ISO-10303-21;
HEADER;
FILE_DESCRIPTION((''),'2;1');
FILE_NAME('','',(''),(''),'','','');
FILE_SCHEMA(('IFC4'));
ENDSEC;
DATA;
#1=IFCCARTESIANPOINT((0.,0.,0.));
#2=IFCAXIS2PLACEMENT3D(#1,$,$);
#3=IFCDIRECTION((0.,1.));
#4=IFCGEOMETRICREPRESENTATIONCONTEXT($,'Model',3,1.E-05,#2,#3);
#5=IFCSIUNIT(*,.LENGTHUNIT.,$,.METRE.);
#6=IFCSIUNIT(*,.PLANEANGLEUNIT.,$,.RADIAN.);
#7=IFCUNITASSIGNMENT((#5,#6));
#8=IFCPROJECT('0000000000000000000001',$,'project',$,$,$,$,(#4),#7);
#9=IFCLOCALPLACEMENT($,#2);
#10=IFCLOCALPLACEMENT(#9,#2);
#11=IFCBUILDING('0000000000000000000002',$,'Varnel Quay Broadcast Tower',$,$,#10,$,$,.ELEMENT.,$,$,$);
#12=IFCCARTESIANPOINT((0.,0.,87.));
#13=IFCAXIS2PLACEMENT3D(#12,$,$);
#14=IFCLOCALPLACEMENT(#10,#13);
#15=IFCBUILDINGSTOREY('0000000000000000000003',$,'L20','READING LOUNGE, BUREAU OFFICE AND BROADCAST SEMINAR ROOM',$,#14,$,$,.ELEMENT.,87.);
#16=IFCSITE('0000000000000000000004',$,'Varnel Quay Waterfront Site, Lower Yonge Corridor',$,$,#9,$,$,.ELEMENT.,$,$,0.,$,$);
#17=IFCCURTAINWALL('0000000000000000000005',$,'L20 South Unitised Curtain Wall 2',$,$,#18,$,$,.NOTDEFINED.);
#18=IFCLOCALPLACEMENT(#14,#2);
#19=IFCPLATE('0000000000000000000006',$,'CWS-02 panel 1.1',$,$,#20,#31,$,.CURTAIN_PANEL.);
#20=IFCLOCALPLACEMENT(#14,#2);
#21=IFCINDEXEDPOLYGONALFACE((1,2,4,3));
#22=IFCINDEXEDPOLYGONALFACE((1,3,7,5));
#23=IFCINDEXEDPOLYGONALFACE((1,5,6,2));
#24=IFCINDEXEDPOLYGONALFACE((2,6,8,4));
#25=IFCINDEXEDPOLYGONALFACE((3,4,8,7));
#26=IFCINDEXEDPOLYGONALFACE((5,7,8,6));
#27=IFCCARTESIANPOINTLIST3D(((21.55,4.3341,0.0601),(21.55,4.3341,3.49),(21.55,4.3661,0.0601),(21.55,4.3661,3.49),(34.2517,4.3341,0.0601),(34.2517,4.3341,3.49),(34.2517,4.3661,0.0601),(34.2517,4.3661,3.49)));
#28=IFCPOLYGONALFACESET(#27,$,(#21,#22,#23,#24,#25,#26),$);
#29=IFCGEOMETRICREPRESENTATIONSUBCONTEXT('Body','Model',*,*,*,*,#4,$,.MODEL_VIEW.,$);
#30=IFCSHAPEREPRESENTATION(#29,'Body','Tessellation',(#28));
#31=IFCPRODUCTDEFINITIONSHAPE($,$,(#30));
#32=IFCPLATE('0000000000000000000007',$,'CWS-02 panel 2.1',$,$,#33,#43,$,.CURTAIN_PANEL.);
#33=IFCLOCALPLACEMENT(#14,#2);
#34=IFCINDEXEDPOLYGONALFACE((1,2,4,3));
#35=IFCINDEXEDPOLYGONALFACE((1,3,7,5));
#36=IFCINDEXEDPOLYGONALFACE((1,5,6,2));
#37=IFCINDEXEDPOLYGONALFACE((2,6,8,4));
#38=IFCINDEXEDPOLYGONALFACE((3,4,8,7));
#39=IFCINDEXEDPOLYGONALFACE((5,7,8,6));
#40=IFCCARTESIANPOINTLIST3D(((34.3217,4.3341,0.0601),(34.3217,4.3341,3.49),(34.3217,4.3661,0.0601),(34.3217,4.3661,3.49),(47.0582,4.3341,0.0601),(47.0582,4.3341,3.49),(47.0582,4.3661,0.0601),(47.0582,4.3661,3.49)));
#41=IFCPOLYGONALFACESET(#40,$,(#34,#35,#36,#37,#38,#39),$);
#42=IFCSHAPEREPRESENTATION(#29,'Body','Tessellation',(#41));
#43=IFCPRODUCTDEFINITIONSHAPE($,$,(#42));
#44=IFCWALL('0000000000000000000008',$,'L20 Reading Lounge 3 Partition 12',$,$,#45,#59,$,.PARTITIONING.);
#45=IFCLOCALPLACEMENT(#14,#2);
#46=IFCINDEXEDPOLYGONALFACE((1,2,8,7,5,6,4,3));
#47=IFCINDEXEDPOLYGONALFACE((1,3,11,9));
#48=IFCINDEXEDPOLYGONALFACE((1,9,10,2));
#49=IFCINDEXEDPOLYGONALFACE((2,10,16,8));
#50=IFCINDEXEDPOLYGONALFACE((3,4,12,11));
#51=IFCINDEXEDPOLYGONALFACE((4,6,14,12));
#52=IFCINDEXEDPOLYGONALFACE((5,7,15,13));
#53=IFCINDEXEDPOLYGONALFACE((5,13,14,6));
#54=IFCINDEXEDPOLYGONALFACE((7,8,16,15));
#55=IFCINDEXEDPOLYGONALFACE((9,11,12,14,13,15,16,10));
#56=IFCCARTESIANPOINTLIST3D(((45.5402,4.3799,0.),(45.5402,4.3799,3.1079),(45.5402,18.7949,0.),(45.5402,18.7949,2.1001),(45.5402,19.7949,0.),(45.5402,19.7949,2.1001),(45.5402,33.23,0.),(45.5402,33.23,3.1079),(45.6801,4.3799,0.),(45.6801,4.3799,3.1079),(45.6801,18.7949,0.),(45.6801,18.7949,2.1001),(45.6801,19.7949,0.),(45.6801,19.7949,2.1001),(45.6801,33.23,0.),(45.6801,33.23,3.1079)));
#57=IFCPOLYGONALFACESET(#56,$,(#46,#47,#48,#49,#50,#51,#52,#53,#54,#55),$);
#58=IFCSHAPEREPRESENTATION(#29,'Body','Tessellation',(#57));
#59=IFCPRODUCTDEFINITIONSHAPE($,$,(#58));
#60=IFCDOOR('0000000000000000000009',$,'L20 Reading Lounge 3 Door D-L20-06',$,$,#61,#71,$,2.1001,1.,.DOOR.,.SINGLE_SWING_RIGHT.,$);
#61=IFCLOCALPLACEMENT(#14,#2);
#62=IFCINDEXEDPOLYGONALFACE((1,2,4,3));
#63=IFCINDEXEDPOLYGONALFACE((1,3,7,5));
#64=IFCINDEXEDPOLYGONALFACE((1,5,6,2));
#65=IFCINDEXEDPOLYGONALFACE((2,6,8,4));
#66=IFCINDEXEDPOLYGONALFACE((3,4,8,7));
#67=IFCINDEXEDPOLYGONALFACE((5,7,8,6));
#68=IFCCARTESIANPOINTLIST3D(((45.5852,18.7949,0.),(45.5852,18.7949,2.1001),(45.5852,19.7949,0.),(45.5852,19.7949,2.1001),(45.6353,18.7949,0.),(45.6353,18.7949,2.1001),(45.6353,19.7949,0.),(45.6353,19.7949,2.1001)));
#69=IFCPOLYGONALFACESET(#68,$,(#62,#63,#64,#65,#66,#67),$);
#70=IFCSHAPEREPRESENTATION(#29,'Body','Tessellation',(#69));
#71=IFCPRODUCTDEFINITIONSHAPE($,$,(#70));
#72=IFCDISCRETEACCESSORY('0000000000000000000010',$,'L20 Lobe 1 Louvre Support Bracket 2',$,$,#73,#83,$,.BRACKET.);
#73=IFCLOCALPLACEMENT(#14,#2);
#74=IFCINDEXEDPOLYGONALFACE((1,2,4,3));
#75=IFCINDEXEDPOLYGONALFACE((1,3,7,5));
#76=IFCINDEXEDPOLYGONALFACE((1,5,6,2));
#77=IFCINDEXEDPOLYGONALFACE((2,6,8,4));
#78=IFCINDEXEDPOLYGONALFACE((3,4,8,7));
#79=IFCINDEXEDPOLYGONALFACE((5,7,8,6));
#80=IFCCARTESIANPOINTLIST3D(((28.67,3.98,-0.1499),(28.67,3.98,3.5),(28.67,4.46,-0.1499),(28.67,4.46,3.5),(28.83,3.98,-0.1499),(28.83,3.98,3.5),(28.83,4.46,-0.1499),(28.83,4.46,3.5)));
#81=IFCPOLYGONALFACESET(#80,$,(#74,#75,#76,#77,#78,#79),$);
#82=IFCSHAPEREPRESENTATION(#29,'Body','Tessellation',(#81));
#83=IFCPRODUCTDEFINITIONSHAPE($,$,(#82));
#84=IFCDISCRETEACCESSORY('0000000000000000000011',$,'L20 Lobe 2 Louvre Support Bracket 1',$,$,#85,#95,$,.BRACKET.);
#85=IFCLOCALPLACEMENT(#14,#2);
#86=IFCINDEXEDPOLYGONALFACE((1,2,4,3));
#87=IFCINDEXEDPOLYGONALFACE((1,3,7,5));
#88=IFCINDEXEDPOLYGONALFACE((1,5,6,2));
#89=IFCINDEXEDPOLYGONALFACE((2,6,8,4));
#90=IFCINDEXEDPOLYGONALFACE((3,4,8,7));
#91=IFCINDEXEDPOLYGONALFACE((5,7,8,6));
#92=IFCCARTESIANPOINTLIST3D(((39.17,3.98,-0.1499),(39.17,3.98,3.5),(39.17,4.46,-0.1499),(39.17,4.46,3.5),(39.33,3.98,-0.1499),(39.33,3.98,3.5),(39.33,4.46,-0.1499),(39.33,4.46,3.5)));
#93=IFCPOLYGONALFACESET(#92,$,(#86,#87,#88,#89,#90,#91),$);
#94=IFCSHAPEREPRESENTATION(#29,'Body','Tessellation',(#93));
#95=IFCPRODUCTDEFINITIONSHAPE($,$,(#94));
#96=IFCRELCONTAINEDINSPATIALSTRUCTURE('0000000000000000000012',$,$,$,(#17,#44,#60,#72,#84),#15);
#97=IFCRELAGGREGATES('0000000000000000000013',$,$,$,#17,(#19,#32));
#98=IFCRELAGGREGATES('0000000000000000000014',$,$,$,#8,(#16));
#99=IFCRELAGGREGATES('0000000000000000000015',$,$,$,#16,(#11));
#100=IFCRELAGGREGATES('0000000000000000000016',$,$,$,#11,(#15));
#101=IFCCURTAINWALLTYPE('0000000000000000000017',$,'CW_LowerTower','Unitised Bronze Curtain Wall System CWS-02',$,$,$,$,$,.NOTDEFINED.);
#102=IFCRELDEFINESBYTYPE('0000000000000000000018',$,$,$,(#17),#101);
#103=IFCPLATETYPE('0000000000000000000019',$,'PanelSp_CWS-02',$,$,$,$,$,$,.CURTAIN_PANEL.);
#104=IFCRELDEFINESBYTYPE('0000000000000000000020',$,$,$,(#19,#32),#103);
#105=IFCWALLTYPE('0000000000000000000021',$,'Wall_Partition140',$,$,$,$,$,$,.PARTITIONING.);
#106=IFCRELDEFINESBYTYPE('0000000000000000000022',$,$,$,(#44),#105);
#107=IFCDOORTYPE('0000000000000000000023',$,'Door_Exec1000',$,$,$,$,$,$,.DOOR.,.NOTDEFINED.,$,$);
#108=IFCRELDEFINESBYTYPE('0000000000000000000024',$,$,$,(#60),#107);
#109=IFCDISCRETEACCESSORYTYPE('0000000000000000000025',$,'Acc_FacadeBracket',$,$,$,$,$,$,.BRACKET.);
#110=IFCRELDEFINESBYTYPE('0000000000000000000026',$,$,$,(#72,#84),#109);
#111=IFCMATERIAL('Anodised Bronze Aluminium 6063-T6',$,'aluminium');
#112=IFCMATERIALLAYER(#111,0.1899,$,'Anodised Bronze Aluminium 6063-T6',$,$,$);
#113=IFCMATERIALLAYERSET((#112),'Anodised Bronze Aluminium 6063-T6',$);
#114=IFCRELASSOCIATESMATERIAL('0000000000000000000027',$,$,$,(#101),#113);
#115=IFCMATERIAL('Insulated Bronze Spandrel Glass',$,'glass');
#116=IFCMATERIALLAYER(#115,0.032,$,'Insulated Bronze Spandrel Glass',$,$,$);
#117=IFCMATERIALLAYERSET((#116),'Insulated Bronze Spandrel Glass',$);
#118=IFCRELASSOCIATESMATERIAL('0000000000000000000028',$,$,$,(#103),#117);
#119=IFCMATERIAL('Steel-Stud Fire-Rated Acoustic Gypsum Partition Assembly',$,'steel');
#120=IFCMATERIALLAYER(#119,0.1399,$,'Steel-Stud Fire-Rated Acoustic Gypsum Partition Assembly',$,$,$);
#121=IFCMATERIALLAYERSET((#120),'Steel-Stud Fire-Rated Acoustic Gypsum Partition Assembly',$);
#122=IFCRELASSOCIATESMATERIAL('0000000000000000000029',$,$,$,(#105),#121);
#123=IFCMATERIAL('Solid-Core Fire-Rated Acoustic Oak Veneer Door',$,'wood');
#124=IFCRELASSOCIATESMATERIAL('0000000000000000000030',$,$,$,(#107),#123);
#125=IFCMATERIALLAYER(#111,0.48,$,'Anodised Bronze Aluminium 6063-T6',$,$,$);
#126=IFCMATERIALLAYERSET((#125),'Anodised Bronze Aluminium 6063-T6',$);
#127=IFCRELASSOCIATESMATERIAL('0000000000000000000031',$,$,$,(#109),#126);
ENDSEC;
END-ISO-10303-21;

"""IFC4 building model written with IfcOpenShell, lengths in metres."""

from ifc_helpers import new_model, si_unit, direction, frame, frame_2d, origin, origin_2d, place, context, subcontext, project, spatial, rectangle, extrude, source, transform, mapped, material, layer, layer_set, type_object, type_shapes, element, fill, aggregate, save


model = new_model("IFC4")

# Units and contexts
model_context = context("Model", 3, precision=1e-05, world=origin(), true_north=direction((0.0, 1.0)))
body_context = subcontext(model_context, "Body", "Model", "MODEL_VIEW")
ifc_project = project(units=[si_unit("LENGTHUNIT", "METRE"), si_unit("PLANEANGLEUNIT", "RADIAN")], contexts=[model_context])

# Site, building, storey
site_placement = place(None, origin())
site = spatial("IfcSite", under=ifc_project, at=site_placement, Name="Varnel Quay Waterfront Site, Lower Yonge Corridor", CompositionType="ELEMENT", RefElevation=0.0)
building_placement = place(site_placement, origin())
building = spatial("IfcBuilding", under=site, at=building_placement, Name="Varnel Quay Broadcast Tower", CompositionType="ELEMENT")
storey_placement = place(building_placement, frame((0.0, 0.0, 87.0)))
storey = spatial("IfcBuildingStorey", under=building, at=storey_placement, Name="L20", Description="READING LOUNGE, BUREAU OFFICE AND BROADCAST SEMINAR ROOM", CompositionType="ELEMENT", Elevation=87.0)

# Curtain wall
ifc_material_1 = material(Name="Anodised Bronze Aluminium 6063-T6", Category="aluminium")
ifc_layer_1 = layer(ifc_material_1, 0.1899, Name="Anodised Bronze Aluminium 6063-T6")
ifc_layer_set_1 = layer_set([ifc_layer_1], Name="Anodised Bronze Aluminium 6063-T6")
curtain_wall_type = type_object("IfcCurtainWallType", Name="CW_LowerTower", Description="Unitised Bronze Curtain Wall System CWS-02", PredefinedType="NOTDEFINED", material=ifc_layer_set_1)
curtain_wall_placement = place(storey_placement, origin())
curtain_wall = element("IfcCurtainWall", 1, at=curtain_wall_placement, inside=storey, type_object=curtain_wall_type, Name="L20 South Unitised Curtain Wall 2", PredefinedType="NOTDEFINED")

# Plates
ifc_material_2 = material(Name="Insulated Bronze Spandrel Glass", Category="glass")
ifc_layer_2 = layer(ifc_material_2, 0.032, Name="Insulated Bronze Spandrel Glass")
ifc_layer_set_2 = layer_set([ifc_layer_2], Name="Insulated Bronze Spandrel Glass")
plate_type_1 = type_object("IfcPlateType", Name="PanelSp_CWS-02", PredefinedType="CURTAIN_PANEL", material=ifc_layer_set_2)
shared_shape_1 = source(origin(), body_context, "Body", "SweptSolid", [
    extrude(rectangle(XDim=12.7017, YDim=0.032, at=origin_2d()), origin(), (0.0, 0.0, 1.0), 3.4299),
])
plate_1_placement = place(storey_placement, frame((27.9009, 4.3501, 0.0601), z_axis=(0.0, 0.0, 1.0), x_axis=(1.0, 0.0, 0.0)))
plate_1 = element("IfcPlate", 2, at=plate_1_placement, type_object=plate_type_1, Name="CWS-02 panel 1.1", PredefinedType="CURTAIN_PANEL", context=body_context, shape_type="MappedRepresentation", body=[
    mapped(shared_shape_1, transform((0.0, 0.0, 0.0), x_axis=(1.0, 0.0, 0.0), y_axis=(0.0, 1.0, 0.0), z_axis=(0.0, 0.0, 1.0), scale=1.0)),
])
shared_shape_2 = source(origin(), body_context, "Body", "SweptSolid", [
    extrude(rectangle(XDim=12.7366, YDim=0.032, at=origin_2d()), origin(), (0.0, 0.0, 1.0), 3.4299),
])
type_shapes(plate_type_1, [shared_shape_1, shared_shape_2])
plate_2_placement = place(storey_placement, frame((40.6899, 4.3501, 0.0601), z_axis=(0.0, 0.0, 1.0), x_axis=(1.0, 0.0, 0.0)))
plate_2 = element("IfcPlate", 3, at=plate_2_placement, type_object=plate_type_1, Name="CWS-02 panel 2.1", PredefinedType="CURTAIN_PANEL", context=body_context, shape_type="MappedRepresentation", body=[
    mapped(shared_shape_2, transform((0.0, 0.0, 0.0), x_axis=(1.0, 0.0, 0.0), y_axis=(0.0, 1.0, 0.0), z_axis=(0.0, 0.0, 1.0), scale=1.0)),
])
aggregate(curtain_wall, [plate_1, plate_2])

# Wall, opening, door
ifc_material_3 = material(Name="Steel-Stud Fire-Rated Acoustic Gypsum Partition Assembly", Category="steel")
ifc_layer_3 = layer(ifc_material_3, 0.1399, Name="Steel-Stud Fire-Rated Acoustic Gypsum Partition Assembly")
ifc_layer_set_3 = layer_set([ifc_layer_3], Name="Steel-Stud Fire-Rated Acoustic Gypsum Partition Assembly")
wall_type = type_object("IfcWallType", Name="Wall_Partition140", PredefinedType="PARTITIONING", material=ifc_layer_set_3)
wall_placement = place(storey_placement, frame((45.6101, 4.3799, 0.0), z_axis=(0.0, 0.0, 1.0), x_axis=(0.0, 1.0, 0.0)))
wall = element("IfcWall", 4, at=wall_placement, inside=storey, type_object=wall_type, Name="L20 Reading Lounge 3 Partition 12", PredefinedType="PARTITIONING", context=body_context, shape_type="SweptSolid", body=[
    extrude(rectangle(XDim=28.8501, YDim=0.1399, at=frame_2d((14.425, 0.0))), origin(), (0.0, 0.0, 1.0), 3.1079),
])
opening_placement = place(wall_placement, frame((14.415, 0.0, 0.0)))
opening = element("IfcOpeningElement", 5, at=opening_placement, cuts=wall, PredefinedType="OPENING", context=body_context, shape_type="SweptSolid", body=[
    extrude(rectangle(XDim=1.0, YDim=2.1001, at=frame_2d((0.5, 1.05))), frame((0.0, 0.0801, 0.0), z_axis=(0.0, -1.0, 0.0), x_axis=(1.0, 0.0, 0.0)), (0.0, 0.0, 1.0), 0.1599),
])
ifc_material_4 = material(Name="Solid-Core Fire-Rated Acoustic Oak Veneer Door", Category="wood")
door_type = type_object("IfcDoorType", Name="Door_Exec1000", OperationType="NOTDEFINED", PredefinedType="DOOR", material=ifc_material_4)
shared_shape_3 = source(origin(), body_context, "Body", "SweptSolid", [
    extrude(rectangle(XDim=1.0, YDim=2.1001, at=frame_2d((0.5, 1.05))), frame((0.0, 0.0249, 0.0), z_axis=(0.0, -1.0, 0.0), x_axis=(1.0, 0.0, 0.0)), (0.0, 0.0, 1.0), 0.05),
])
type_shapes(door_type, [shared_shape_3])
door_placement = place(opening_placement, origin())
door = element("IfcDoor", 6, at=door_placement, inside=storey, type_object=door_type, Name="L20 Reading Lounge 3 Door D-L20-06", OperationType="SINGLE_SWING_RIGHT", OverallHeight=2.1001, OverallWidth=1.0, PredefinedType="DOOR", context=body_context, shape_type="MappedRepresentation", body=[
    mapped(shared_shape_3, transform((0.0, 0.0, 0.0), x_axis=(1.0, 0.0, 0.0), y_axis=(0.0, 1.0, 0.0), z_axis=(0.0, 0.0, 1.0), scale=1.0)),
])
fill(opening, door)

# Discrete accessories
ifc_layer_4 = layer(ifc_material_1, 0.48, Name="Anodised Bronze Aluminium 6063-T6")
ifc_layer_set_4 = layer_set([ifc_layer_4], Name="Anodised Bronze Aluminium 6063-T6")
discrete_accessory_type = type_object("IfcDiscreteAccessoryType", Name="Acc_FacadeBracket", PredefinedType="BRACKET", material=ifc_layer_set_4)
shared_shape_4 = source(origin(), body_context, "Body", "SweptSolid", [
    extrude(rectangle(XDim=0.1599, YDim=0.48, at=origin_2d()), origin(), (0.0, 0.0, 1.0), 3.6499),
])
type_shapes(discrete_accessory_type, [shared_shape_4])
for number, where, z_axis, x_axis, name in (
    (7, (28.75, 4.22, -0.1499), (0.0, 0.0, 1.0), (1.0, 0.0, 0.0), "L20 Lobe 1 Louvre Support Bracket 2"),
    (8, (39.25, 4.22, -0.1499), (0.0, 0.0, 1.0), (1.0, 0.0, 0.0), "L20 Lobe 2 Louvre Support Bracket 1"),
):
    element("IfcDiscreteAccessory", number, at=place(storey_placement, frame(where, z_axis=z_axis, x_axis=x_axis)), inside=storey, type_object=discrete_accessory_type, Name=name, PredefinedType="BRACKET", context=body_context, shape_type="MappedRepresentation", body=[
        mapped(shared_shape_4, transform((0.0, 0.0, 0.0), x_axis=(1.0, 0.0, 0.0), y_axis=(0.0, 1.0, 0.0), z_axis=(0.0, 0.0, 1.0), scale=1.0)),
    ])

save(model, "model.ifc")
